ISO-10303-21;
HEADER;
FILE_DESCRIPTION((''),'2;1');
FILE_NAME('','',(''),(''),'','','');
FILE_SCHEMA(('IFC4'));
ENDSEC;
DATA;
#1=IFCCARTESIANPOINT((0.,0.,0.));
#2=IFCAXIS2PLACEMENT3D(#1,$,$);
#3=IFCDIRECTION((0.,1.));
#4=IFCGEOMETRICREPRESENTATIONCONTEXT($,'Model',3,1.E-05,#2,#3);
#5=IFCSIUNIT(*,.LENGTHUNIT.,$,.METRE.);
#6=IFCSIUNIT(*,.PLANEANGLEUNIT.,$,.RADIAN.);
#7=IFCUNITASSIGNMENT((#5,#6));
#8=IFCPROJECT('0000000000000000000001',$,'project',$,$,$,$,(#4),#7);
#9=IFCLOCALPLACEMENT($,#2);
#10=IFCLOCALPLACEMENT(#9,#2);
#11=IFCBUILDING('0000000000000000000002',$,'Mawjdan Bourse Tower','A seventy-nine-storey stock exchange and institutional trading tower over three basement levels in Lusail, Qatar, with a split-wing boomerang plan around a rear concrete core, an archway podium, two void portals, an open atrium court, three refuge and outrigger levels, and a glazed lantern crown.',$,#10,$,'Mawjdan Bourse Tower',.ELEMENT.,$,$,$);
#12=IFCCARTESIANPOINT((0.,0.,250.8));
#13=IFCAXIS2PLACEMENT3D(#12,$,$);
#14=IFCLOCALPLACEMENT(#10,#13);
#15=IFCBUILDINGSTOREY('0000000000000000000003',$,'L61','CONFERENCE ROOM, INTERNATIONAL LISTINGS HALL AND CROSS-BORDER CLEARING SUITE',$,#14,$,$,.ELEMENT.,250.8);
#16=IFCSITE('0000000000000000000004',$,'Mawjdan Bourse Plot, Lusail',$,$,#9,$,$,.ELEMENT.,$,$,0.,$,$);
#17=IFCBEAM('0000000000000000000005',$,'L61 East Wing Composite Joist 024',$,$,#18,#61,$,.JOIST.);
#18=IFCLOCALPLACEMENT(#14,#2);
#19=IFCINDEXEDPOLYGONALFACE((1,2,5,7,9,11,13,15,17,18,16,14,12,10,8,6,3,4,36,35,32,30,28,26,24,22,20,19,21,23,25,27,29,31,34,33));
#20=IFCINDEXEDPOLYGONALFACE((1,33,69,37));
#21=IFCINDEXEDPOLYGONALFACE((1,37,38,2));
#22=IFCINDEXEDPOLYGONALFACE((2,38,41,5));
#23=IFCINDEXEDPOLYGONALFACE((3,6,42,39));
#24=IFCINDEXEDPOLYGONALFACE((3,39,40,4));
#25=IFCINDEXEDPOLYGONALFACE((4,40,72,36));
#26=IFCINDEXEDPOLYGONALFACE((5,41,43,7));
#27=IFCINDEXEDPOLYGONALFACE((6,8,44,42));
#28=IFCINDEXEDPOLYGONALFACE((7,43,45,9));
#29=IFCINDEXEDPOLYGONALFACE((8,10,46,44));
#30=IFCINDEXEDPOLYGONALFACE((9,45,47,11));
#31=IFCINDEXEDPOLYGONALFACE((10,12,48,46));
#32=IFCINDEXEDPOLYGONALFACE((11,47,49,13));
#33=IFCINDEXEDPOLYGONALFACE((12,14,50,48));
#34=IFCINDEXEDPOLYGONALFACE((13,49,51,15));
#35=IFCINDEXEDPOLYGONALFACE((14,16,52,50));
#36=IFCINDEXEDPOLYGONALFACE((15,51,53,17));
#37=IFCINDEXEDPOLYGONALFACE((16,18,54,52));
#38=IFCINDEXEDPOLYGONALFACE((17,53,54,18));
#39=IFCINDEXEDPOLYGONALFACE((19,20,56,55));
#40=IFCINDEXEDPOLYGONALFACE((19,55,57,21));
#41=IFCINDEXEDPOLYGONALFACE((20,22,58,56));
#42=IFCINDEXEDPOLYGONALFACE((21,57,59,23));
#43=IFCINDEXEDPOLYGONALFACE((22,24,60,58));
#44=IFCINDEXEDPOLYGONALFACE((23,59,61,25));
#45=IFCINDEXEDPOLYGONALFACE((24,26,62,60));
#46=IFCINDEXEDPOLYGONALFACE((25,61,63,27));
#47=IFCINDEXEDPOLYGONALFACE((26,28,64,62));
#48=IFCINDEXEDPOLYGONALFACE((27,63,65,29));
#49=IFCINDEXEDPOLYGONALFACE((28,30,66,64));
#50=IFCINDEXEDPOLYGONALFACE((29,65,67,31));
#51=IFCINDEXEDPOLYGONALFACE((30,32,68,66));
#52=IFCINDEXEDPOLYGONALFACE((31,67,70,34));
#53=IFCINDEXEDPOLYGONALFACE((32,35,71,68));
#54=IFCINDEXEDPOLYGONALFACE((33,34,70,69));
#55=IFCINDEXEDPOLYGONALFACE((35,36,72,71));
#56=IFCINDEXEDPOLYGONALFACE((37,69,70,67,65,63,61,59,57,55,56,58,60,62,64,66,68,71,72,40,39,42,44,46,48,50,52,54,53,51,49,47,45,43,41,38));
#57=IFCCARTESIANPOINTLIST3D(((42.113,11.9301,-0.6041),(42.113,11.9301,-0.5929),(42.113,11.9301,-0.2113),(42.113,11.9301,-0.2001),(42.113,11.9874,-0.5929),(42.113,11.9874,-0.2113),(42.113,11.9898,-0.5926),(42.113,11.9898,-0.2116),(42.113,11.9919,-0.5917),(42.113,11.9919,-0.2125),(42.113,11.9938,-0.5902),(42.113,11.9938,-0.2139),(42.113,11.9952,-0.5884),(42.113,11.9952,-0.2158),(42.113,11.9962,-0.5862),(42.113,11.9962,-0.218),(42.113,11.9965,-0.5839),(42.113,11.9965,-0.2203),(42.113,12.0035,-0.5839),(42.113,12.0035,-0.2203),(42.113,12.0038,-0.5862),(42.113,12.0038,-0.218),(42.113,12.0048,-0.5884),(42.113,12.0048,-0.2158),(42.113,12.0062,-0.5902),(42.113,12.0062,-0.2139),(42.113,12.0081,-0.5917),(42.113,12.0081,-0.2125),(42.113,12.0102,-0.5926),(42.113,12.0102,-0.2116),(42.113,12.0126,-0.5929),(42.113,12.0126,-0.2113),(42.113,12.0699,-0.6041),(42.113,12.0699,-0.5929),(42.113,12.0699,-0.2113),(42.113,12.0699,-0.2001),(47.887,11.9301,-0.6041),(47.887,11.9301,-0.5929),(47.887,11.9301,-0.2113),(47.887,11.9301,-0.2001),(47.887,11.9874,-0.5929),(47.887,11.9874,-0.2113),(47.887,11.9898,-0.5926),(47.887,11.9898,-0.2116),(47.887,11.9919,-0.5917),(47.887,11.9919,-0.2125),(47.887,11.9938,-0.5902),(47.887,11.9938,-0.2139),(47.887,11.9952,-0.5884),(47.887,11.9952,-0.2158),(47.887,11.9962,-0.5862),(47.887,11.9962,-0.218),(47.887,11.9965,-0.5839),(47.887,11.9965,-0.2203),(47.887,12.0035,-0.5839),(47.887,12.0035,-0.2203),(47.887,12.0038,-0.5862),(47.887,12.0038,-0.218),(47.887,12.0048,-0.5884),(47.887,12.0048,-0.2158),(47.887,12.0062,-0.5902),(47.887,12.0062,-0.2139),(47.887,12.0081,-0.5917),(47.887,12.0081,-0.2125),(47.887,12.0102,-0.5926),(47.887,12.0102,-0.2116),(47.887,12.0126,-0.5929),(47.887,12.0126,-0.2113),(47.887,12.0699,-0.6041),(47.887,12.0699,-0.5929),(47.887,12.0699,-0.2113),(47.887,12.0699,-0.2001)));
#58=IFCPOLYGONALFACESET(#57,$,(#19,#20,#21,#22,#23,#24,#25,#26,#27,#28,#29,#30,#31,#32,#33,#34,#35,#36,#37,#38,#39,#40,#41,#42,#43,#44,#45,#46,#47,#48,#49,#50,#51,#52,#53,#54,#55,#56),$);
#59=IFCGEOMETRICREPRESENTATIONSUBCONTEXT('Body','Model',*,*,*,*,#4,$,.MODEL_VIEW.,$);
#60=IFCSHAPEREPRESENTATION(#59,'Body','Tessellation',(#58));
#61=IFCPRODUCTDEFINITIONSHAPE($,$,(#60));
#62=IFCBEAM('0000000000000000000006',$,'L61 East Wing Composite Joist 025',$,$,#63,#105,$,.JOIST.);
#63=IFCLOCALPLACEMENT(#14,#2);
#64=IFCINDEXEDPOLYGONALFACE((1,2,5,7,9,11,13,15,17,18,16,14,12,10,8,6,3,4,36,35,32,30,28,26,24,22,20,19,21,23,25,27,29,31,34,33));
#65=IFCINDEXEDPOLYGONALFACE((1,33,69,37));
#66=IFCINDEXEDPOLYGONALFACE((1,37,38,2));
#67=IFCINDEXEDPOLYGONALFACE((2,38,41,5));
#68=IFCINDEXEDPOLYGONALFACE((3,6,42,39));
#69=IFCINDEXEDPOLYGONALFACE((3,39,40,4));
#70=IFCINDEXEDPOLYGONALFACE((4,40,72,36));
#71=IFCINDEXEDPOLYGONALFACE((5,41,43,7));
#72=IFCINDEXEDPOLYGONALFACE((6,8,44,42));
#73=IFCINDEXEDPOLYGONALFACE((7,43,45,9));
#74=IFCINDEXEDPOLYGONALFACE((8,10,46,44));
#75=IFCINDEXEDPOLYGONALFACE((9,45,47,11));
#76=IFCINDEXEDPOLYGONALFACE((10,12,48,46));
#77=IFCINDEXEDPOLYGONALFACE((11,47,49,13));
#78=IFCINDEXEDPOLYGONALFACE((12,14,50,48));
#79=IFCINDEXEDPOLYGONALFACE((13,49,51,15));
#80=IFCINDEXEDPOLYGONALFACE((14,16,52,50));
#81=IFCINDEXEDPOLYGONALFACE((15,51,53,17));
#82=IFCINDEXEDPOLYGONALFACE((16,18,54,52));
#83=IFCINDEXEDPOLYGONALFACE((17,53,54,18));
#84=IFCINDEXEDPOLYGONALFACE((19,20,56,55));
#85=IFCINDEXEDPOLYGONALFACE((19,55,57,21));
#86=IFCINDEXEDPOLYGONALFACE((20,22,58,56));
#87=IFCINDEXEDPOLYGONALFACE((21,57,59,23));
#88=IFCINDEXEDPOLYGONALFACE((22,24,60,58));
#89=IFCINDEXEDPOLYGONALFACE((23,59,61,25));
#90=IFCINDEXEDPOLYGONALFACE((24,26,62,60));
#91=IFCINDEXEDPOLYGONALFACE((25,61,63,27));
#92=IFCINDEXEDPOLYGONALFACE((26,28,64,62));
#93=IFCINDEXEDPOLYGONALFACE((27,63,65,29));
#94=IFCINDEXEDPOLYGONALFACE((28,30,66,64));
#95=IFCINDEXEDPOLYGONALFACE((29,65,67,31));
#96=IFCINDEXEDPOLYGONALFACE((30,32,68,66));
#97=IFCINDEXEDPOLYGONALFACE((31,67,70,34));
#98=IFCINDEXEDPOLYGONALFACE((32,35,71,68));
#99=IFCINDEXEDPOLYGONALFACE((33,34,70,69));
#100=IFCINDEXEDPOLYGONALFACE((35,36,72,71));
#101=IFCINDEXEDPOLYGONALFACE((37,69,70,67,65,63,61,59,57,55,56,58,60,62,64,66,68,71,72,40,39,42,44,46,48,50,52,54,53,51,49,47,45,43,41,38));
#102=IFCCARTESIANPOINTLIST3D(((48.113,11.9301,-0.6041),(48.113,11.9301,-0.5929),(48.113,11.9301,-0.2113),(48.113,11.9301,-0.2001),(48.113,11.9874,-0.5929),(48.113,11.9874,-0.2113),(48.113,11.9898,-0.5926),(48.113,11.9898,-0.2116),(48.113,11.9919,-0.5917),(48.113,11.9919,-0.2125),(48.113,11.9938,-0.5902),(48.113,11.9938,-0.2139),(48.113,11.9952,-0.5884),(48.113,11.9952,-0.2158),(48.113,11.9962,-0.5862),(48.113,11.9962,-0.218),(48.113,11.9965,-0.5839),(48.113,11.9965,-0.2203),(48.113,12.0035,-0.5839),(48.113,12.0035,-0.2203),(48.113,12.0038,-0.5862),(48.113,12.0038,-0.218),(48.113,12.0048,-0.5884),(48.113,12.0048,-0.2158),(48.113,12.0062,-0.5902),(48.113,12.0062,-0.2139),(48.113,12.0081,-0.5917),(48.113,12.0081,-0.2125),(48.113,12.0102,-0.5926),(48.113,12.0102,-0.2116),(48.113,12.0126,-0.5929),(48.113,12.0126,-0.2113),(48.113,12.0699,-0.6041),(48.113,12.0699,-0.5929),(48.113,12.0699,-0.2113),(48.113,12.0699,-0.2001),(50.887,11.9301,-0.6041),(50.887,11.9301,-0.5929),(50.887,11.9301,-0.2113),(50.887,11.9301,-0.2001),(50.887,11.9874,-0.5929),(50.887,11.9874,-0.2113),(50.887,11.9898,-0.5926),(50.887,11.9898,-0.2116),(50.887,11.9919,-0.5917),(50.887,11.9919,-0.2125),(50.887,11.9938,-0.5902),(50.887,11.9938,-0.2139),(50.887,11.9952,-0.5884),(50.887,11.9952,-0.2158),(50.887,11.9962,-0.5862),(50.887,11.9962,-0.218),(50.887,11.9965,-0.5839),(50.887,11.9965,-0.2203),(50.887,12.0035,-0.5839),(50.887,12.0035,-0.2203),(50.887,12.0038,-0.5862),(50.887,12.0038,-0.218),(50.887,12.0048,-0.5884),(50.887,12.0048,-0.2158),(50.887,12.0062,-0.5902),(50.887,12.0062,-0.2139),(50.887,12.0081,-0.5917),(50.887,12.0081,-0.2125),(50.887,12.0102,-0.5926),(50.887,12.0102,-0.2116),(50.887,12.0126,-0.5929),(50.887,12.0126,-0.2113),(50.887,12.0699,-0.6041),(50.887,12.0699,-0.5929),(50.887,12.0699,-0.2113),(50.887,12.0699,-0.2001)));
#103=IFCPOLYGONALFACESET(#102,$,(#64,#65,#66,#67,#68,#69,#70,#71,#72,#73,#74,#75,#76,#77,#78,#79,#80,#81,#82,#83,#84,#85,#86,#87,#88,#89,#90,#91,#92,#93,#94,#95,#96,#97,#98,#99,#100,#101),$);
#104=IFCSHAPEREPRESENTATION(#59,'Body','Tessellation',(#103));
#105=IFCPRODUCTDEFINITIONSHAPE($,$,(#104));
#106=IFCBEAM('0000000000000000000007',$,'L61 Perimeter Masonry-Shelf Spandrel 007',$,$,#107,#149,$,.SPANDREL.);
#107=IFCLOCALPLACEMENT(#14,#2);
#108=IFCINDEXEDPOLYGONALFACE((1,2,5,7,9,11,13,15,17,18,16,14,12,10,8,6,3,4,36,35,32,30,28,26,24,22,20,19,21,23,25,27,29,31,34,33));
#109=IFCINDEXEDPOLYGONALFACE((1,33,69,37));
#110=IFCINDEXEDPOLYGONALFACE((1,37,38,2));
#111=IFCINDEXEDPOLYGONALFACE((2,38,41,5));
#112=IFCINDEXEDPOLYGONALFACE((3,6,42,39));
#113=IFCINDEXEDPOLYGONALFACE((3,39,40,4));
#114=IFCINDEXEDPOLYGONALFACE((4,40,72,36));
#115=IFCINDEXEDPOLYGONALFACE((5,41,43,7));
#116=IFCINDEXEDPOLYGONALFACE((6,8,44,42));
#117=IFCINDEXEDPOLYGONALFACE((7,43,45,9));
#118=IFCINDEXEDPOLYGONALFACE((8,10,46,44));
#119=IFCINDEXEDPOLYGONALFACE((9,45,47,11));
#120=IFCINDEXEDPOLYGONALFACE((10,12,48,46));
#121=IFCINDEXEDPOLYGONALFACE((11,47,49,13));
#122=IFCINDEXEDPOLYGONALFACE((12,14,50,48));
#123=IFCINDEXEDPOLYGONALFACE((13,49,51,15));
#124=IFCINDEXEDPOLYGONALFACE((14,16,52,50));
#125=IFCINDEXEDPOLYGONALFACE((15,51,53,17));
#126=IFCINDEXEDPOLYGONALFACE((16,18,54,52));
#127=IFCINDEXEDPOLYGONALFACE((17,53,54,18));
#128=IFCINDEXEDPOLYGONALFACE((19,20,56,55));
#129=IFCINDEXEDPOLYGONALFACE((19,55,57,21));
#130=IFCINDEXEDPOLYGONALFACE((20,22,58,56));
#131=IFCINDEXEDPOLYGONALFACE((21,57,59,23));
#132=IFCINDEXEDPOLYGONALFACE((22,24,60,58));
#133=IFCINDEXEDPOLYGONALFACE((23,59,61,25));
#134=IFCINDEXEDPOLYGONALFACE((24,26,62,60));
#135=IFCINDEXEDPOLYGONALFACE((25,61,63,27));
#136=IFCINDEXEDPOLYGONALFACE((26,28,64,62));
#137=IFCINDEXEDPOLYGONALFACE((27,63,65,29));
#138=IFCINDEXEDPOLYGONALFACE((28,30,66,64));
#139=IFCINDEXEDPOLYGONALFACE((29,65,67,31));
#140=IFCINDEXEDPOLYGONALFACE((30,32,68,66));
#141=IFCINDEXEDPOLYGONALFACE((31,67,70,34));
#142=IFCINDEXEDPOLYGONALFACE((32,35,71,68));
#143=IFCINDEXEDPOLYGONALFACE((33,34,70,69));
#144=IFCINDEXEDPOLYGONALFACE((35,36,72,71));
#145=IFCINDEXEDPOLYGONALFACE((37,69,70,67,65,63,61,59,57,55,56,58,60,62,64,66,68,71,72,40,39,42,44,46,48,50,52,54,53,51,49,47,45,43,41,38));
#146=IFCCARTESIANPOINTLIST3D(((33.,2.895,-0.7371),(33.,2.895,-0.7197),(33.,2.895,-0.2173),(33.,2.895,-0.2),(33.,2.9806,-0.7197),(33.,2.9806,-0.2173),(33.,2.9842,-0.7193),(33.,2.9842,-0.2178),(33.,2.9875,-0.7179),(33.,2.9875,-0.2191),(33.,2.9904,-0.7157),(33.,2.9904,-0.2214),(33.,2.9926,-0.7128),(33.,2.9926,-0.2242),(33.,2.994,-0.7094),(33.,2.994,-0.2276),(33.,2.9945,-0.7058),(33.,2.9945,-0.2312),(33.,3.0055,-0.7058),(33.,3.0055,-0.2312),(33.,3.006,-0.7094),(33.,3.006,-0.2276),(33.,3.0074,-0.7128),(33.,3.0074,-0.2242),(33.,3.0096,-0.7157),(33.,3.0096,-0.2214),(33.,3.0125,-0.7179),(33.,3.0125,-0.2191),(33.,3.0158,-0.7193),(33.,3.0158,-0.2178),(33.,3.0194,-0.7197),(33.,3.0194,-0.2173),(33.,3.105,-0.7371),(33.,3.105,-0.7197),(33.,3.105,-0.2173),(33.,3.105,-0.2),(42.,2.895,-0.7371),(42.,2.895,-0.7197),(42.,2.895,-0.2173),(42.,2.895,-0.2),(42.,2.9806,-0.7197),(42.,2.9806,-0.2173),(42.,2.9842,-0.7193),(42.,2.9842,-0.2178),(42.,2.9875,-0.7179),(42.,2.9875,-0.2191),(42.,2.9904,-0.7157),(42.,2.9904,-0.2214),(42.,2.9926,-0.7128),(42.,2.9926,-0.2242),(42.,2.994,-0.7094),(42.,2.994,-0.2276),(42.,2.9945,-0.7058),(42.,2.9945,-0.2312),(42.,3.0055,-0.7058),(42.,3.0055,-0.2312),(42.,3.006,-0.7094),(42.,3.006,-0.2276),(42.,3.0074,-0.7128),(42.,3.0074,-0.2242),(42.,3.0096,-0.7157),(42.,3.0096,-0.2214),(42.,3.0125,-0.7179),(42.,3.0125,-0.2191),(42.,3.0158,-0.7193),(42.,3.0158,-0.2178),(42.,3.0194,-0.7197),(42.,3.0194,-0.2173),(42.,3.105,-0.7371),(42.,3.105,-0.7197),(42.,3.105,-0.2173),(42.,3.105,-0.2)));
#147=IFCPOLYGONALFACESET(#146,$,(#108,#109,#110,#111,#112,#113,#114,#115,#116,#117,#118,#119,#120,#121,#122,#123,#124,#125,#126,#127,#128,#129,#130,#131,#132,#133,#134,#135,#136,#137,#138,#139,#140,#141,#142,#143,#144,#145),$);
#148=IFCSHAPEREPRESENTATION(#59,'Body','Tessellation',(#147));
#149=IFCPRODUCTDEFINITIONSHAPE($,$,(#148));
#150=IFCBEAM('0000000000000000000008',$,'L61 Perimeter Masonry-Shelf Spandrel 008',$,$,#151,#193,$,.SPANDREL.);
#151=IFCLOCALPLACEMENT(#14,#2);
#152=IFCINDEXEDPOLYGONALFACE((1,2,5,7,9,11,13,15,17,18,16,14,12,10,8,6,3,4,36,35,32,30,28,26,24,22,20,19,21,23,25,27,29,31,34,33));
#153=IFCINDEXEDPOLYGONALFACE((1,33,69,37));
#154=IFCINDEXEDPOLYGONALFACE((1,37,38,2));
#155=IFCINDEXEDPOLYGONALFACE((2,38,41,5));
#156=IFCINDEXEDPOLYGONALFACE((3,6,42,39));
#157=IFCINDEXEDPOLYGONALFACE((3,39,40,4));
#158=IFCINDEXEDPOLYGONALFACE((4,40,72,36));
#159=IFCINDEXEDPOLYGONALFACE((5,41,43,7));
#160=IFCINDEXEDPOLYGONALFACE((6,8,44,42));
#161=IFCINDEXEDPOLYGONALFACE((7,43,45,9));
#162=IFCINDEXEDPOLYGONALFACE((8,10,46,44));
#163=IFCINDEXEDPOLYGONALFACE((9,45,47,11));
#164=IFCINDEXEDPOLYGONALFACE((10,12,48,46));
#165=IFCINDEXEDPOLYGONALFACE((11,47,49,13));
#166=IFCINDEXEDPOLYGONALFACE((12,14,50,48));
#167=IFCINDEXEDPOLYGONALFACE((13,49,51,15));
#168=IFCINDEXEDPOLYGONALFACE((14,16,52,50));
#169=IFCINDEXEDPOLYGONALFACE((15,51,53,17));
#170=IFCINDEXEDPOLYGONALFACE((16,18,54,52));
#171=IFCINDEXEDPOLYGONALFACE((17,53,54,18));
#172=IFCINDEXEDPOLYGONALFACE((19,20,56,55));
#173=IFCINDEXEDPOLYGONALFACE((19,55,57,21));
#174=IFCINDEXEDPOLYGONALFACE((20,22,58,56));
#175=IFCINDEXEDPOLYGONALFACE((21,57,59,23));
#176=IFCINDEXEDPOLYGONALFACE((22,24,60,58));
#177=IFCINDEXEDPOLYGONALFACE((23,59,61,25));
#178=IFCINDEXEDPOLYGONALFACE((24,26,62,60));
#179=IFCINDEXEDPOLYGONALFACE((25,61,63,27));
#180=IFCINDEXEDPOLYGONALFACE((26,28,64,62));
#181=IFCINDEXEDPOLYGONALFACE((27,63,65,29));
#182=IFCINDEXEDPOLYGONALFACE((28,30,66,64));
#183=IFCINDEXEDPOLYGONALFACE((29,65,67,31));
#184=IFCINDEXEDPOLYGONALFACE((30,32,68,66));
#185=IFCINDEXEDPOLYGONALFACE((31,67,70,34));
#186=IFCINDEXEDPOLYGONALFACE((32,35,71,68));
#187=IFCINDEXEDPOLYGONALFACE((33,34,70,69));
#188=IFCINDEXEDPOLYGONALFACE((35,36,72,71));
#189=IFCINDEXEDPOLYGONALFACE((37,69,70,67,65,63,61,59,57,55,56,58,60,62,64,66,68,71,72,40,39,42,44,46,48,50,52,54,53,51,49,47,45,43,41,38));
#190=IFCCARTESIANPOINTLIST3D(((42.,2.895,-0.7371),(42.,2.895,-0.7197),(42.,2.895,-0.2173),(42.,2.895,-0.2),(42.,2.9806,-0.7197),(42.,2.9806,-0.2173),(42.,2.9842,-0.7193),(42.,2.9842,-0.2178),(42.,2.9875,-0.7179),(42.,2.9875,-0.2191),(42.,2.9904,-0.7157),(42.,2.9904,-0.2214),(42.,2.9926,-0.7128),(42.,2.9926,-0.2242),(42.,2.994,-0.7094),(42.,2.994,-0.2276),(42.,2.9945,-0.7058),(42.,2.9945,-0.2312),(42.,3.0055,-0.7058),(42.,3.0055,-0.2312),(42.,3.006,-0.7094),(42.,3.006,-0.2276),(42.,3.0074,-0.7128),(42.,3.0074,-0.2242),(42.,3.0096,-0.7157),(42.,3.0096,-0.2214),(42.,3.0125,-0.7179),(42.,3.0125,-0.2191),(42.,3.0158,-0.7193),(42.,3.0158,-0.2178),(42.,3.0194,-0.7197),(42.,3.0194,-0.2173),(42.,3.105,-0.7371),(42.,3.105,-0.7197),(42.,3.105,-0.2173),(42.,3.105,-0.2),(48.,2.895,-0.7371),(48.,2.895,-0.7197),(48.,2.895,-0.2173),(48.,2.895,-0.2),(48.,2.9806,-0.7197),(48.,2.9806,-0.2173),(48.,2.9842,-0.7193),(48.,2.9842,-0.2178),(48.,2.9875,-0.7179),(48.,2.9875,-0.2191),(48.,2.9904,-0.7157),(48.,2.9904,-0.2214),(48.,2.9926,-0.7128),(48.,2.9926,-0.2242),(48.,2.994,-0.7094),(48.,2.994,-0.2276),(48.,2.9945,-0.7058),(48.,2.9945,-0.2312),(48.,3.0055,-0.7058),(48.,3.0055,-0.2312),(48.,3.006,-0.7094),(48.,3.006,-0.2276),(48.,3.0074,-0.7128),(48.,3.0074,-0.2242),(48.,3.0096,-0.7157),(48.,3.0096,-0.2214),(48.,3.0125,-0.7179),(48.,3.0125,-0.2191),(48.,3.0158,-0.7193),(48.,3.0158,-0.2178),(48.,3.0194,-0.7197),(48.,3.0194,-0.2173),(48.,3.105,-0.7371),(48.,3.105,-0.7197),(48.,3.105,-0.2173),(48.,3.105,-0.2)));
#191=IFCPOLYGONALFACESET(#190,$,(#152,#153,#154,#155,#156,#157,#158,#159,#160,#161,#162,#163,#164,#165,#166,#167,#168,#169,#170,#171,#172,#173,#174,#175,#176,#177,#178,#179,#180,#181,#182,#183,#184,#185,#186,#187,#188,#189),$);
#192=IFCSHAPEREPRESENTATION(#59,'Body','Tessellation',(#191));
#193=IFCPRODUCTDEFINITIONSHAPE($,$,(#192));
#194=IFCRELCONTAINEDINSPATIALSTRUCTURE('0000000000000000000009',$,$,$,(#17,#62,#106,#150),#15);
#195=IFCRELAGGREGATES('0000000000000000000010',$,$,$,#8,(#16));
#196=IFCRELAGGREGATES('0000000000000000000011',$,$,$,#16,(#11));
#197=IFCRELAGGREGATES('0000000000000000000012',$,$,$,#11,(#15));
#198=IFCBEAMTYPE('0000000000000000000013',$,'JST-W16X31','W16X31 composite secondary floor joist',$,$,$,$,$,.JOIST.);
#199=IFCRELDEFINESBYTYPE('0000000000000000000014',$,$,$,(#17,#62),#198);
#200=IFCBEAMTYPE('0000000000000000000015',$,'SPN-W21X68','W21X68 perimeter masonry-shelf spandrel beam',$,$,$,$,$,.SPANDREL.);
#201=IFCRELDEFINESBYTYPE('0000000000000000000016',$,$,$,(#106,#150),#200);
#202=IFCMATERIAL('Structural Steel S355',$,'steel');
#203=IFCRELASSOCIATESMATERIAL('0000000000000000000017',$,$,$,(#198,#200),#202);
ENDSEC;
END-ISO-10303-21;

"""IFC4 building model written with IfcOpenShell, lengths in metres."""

from ifc_helpers import new_model, si_unit, direction, frame, origin, origin_2d, place, context, subcontext, project, spatial, i_section, extrude, material, material_profile, profile_set, type_object, element, save


model = new_model("IFC4")

# Units and contexts
model_context = context("Model", 3, precision=1e-05, world=origin(), true_north=direction((0.0, 1.0)))
body_context = subcontext(model_context, "Body", "Model", "MODEL_VIEW")
ifc_project = project(units=[si_unit("LENGTHUNIT", "METRE"), si_unit("PLANEANGLEUNIT", "RADIAN")], contexts=[model_context])

# Site, building, storey
site_placement = place(None, origin())
site = spatial("IfcSite", under=ifc_project, at=site_placement, Name="Mawjdan Bourse Plot, Lusail", CompositionType="ELEMENT", RefElevation=0.0)
building_placement = place(site_placement, origin())
building = spatial("IfcBuilding", under=site, at=building_placement, Name="Mawjdan Bourse Tower", Description="A seventy-nine-storey stock exchange and institutional trading tower over three basement levels in Lusail, Qatar, with a split-wing boomerang plan around a rear concrete core, an archway podium, two void portals, an open atrium court, three refuge and outrigger levels, and a glazed lantern crown.", LongName="Mawjdan Bourse Tower", CompositionType="ELEMENT")
storey_placement = place(building_placement, frame((0.0, 0.0, 250.8)))
storey = spatial("IfcBuildingStorey", under=building, at=storey_placement, Name="L61", Description="CONFERENCE ROOM, INTERNATIONAL LISTINGS HALL AND CROSS-BORDER CLEARING SUITE", CompositionType="ELEMENT", Elevation=250.8)

# Beams
ifc_material_1 = material(Name="Structural Steel S355", Category="steel")
ifc_material_profile_1 = material_profile(ifc_material_1, i_section(OverallWidth=0.1399, OverallDepth=0.4041, WebThickness=0.0071, FlangeThickness=0.0112, FilletRadius=0.009, at=origin_2d()), Name="W16X31")
ifc_profile_set_1 = profile_set([ifc_material_profile_1], Name="Structural Steel S355")
beam_type_1 = type_object("IfcBeamType", Name="JST-W16X31", Description="W16X31 composite secondary floor joist", PredefinedType="JOIST", material=ifc_profile_set_1)
beam_1_placement = place(storey_placement, frame((42.113, 12.0, -0.4021), z_axis=(1.0, 0.0, 0.0), x_axis=(0.0, 1.0, 0.0)))
element("IfcBeam", 1, at=beam_1_placement, inside=storey, type_object=beam_type_1, Name="L61 East Wing Composite Joist 024", PredefinedType="JOIST", context=body_context, shape_type="SweptSolid", body=[
    extrude(i_section(OverallWidth=0.1399, OverallDepth=0.4041, WebThickness=0.0071, FlangeThickness=0.0112, FilletRadius=0.009, at=origin_2d()), origin(), (0.0, 0.0, 1.0), 5.7739),
])
beam_2_placement = place(storey_placement, frame((48.113, 12.0, -0.4021), z_axis=(1.0, 0.0, 0.0), x_axis=(0.0, 1.0, 0.0)))
element("IfcBeam", 2, at=beam_2_placement, inside=storey, type_object=beam_type_1, Name="L61 East Wing Composite Joist 025", PredefinedType="JOIST", context=body_context, shape_type="SweptSolid", body=[
    extrude(i_section(OverallWidth=0.1399, OverallDepth=0.4041, WebThickness=0.0071, FlangeThickness=0.0112, FilletRadius=0.009, at=origin_2d()), origin(), (0.0, 0.0, 1.0), 2.7739),
])
ifc_material_profile_2 = material_profile(ifc_material_1, i_section(OverallWidth=0.21, OverallDepth=0.5371, WebThickness=0.011, FlangeThickness=0.0173, FilletRadius=0.0139, at=origin_2d()), Name="W21X68")
ifc_profile_set_2 = profile_set([ifc_material_profile_2], Name="Structural Steel S355")
beam_type_2 = type_object("IfcBeamType", Name="SPN-W21X68", Description="W21X68 perimeter masonry-shelf spandrel beam", PredefinedType="SPANDREL", material=ifc_profile_set_2)
beam_3_placement = place(storey_placement, frame((33.0, 3.0, -0.4685), z_axis=(1.0, 0.0, 0.0), x_axis=(0.0, 1.0, 0.0)))
element("IfcBeam", 3, at=beam_3_placement, inside=storey, type_object=beam_type_2, Name="L61 Perimeter Masonry-Shelf Spandrel 007", PredefinedType="SPANDREL", context=body_context, shape_type="SweptSolid", body=[
    extrude(i_section(OverallWidth=0.21, OverallDepth=0.5371, WebThickness=0.011, FlangeThickness=0.0173, FilletRadius=0.0139, at=origin_2d()), origin(), (0.0, 0.0, 1.0), 9.0),
])
beam_4_placement = place(storey_placement, frame((42.0, 3.0, -0.4685), z_axis=(1.0, 0.0, 0.0), x_axis=(0.0, 1.0, 0.0)))
element("IfcBeam", 4, at=beam_4_placement, inside=storey, type_object=beam_type_2, Name="L61 Perimeter Masonry-Shelf Spandrel 008", PredefinedType="SPANDREL", context=body_context, shape_type="SweptSolid", body=[
    extrude(i_section(OverallWidth=0.21, OverallDepth=0.5371, WebThickness=0.011, FlangeThickness=0.0173, FilletRadius=0.0139, at=origin_2d()), origin(), (0.0, 0.0, 1.0), 6.0),
])

save(model, "model.ifc")
